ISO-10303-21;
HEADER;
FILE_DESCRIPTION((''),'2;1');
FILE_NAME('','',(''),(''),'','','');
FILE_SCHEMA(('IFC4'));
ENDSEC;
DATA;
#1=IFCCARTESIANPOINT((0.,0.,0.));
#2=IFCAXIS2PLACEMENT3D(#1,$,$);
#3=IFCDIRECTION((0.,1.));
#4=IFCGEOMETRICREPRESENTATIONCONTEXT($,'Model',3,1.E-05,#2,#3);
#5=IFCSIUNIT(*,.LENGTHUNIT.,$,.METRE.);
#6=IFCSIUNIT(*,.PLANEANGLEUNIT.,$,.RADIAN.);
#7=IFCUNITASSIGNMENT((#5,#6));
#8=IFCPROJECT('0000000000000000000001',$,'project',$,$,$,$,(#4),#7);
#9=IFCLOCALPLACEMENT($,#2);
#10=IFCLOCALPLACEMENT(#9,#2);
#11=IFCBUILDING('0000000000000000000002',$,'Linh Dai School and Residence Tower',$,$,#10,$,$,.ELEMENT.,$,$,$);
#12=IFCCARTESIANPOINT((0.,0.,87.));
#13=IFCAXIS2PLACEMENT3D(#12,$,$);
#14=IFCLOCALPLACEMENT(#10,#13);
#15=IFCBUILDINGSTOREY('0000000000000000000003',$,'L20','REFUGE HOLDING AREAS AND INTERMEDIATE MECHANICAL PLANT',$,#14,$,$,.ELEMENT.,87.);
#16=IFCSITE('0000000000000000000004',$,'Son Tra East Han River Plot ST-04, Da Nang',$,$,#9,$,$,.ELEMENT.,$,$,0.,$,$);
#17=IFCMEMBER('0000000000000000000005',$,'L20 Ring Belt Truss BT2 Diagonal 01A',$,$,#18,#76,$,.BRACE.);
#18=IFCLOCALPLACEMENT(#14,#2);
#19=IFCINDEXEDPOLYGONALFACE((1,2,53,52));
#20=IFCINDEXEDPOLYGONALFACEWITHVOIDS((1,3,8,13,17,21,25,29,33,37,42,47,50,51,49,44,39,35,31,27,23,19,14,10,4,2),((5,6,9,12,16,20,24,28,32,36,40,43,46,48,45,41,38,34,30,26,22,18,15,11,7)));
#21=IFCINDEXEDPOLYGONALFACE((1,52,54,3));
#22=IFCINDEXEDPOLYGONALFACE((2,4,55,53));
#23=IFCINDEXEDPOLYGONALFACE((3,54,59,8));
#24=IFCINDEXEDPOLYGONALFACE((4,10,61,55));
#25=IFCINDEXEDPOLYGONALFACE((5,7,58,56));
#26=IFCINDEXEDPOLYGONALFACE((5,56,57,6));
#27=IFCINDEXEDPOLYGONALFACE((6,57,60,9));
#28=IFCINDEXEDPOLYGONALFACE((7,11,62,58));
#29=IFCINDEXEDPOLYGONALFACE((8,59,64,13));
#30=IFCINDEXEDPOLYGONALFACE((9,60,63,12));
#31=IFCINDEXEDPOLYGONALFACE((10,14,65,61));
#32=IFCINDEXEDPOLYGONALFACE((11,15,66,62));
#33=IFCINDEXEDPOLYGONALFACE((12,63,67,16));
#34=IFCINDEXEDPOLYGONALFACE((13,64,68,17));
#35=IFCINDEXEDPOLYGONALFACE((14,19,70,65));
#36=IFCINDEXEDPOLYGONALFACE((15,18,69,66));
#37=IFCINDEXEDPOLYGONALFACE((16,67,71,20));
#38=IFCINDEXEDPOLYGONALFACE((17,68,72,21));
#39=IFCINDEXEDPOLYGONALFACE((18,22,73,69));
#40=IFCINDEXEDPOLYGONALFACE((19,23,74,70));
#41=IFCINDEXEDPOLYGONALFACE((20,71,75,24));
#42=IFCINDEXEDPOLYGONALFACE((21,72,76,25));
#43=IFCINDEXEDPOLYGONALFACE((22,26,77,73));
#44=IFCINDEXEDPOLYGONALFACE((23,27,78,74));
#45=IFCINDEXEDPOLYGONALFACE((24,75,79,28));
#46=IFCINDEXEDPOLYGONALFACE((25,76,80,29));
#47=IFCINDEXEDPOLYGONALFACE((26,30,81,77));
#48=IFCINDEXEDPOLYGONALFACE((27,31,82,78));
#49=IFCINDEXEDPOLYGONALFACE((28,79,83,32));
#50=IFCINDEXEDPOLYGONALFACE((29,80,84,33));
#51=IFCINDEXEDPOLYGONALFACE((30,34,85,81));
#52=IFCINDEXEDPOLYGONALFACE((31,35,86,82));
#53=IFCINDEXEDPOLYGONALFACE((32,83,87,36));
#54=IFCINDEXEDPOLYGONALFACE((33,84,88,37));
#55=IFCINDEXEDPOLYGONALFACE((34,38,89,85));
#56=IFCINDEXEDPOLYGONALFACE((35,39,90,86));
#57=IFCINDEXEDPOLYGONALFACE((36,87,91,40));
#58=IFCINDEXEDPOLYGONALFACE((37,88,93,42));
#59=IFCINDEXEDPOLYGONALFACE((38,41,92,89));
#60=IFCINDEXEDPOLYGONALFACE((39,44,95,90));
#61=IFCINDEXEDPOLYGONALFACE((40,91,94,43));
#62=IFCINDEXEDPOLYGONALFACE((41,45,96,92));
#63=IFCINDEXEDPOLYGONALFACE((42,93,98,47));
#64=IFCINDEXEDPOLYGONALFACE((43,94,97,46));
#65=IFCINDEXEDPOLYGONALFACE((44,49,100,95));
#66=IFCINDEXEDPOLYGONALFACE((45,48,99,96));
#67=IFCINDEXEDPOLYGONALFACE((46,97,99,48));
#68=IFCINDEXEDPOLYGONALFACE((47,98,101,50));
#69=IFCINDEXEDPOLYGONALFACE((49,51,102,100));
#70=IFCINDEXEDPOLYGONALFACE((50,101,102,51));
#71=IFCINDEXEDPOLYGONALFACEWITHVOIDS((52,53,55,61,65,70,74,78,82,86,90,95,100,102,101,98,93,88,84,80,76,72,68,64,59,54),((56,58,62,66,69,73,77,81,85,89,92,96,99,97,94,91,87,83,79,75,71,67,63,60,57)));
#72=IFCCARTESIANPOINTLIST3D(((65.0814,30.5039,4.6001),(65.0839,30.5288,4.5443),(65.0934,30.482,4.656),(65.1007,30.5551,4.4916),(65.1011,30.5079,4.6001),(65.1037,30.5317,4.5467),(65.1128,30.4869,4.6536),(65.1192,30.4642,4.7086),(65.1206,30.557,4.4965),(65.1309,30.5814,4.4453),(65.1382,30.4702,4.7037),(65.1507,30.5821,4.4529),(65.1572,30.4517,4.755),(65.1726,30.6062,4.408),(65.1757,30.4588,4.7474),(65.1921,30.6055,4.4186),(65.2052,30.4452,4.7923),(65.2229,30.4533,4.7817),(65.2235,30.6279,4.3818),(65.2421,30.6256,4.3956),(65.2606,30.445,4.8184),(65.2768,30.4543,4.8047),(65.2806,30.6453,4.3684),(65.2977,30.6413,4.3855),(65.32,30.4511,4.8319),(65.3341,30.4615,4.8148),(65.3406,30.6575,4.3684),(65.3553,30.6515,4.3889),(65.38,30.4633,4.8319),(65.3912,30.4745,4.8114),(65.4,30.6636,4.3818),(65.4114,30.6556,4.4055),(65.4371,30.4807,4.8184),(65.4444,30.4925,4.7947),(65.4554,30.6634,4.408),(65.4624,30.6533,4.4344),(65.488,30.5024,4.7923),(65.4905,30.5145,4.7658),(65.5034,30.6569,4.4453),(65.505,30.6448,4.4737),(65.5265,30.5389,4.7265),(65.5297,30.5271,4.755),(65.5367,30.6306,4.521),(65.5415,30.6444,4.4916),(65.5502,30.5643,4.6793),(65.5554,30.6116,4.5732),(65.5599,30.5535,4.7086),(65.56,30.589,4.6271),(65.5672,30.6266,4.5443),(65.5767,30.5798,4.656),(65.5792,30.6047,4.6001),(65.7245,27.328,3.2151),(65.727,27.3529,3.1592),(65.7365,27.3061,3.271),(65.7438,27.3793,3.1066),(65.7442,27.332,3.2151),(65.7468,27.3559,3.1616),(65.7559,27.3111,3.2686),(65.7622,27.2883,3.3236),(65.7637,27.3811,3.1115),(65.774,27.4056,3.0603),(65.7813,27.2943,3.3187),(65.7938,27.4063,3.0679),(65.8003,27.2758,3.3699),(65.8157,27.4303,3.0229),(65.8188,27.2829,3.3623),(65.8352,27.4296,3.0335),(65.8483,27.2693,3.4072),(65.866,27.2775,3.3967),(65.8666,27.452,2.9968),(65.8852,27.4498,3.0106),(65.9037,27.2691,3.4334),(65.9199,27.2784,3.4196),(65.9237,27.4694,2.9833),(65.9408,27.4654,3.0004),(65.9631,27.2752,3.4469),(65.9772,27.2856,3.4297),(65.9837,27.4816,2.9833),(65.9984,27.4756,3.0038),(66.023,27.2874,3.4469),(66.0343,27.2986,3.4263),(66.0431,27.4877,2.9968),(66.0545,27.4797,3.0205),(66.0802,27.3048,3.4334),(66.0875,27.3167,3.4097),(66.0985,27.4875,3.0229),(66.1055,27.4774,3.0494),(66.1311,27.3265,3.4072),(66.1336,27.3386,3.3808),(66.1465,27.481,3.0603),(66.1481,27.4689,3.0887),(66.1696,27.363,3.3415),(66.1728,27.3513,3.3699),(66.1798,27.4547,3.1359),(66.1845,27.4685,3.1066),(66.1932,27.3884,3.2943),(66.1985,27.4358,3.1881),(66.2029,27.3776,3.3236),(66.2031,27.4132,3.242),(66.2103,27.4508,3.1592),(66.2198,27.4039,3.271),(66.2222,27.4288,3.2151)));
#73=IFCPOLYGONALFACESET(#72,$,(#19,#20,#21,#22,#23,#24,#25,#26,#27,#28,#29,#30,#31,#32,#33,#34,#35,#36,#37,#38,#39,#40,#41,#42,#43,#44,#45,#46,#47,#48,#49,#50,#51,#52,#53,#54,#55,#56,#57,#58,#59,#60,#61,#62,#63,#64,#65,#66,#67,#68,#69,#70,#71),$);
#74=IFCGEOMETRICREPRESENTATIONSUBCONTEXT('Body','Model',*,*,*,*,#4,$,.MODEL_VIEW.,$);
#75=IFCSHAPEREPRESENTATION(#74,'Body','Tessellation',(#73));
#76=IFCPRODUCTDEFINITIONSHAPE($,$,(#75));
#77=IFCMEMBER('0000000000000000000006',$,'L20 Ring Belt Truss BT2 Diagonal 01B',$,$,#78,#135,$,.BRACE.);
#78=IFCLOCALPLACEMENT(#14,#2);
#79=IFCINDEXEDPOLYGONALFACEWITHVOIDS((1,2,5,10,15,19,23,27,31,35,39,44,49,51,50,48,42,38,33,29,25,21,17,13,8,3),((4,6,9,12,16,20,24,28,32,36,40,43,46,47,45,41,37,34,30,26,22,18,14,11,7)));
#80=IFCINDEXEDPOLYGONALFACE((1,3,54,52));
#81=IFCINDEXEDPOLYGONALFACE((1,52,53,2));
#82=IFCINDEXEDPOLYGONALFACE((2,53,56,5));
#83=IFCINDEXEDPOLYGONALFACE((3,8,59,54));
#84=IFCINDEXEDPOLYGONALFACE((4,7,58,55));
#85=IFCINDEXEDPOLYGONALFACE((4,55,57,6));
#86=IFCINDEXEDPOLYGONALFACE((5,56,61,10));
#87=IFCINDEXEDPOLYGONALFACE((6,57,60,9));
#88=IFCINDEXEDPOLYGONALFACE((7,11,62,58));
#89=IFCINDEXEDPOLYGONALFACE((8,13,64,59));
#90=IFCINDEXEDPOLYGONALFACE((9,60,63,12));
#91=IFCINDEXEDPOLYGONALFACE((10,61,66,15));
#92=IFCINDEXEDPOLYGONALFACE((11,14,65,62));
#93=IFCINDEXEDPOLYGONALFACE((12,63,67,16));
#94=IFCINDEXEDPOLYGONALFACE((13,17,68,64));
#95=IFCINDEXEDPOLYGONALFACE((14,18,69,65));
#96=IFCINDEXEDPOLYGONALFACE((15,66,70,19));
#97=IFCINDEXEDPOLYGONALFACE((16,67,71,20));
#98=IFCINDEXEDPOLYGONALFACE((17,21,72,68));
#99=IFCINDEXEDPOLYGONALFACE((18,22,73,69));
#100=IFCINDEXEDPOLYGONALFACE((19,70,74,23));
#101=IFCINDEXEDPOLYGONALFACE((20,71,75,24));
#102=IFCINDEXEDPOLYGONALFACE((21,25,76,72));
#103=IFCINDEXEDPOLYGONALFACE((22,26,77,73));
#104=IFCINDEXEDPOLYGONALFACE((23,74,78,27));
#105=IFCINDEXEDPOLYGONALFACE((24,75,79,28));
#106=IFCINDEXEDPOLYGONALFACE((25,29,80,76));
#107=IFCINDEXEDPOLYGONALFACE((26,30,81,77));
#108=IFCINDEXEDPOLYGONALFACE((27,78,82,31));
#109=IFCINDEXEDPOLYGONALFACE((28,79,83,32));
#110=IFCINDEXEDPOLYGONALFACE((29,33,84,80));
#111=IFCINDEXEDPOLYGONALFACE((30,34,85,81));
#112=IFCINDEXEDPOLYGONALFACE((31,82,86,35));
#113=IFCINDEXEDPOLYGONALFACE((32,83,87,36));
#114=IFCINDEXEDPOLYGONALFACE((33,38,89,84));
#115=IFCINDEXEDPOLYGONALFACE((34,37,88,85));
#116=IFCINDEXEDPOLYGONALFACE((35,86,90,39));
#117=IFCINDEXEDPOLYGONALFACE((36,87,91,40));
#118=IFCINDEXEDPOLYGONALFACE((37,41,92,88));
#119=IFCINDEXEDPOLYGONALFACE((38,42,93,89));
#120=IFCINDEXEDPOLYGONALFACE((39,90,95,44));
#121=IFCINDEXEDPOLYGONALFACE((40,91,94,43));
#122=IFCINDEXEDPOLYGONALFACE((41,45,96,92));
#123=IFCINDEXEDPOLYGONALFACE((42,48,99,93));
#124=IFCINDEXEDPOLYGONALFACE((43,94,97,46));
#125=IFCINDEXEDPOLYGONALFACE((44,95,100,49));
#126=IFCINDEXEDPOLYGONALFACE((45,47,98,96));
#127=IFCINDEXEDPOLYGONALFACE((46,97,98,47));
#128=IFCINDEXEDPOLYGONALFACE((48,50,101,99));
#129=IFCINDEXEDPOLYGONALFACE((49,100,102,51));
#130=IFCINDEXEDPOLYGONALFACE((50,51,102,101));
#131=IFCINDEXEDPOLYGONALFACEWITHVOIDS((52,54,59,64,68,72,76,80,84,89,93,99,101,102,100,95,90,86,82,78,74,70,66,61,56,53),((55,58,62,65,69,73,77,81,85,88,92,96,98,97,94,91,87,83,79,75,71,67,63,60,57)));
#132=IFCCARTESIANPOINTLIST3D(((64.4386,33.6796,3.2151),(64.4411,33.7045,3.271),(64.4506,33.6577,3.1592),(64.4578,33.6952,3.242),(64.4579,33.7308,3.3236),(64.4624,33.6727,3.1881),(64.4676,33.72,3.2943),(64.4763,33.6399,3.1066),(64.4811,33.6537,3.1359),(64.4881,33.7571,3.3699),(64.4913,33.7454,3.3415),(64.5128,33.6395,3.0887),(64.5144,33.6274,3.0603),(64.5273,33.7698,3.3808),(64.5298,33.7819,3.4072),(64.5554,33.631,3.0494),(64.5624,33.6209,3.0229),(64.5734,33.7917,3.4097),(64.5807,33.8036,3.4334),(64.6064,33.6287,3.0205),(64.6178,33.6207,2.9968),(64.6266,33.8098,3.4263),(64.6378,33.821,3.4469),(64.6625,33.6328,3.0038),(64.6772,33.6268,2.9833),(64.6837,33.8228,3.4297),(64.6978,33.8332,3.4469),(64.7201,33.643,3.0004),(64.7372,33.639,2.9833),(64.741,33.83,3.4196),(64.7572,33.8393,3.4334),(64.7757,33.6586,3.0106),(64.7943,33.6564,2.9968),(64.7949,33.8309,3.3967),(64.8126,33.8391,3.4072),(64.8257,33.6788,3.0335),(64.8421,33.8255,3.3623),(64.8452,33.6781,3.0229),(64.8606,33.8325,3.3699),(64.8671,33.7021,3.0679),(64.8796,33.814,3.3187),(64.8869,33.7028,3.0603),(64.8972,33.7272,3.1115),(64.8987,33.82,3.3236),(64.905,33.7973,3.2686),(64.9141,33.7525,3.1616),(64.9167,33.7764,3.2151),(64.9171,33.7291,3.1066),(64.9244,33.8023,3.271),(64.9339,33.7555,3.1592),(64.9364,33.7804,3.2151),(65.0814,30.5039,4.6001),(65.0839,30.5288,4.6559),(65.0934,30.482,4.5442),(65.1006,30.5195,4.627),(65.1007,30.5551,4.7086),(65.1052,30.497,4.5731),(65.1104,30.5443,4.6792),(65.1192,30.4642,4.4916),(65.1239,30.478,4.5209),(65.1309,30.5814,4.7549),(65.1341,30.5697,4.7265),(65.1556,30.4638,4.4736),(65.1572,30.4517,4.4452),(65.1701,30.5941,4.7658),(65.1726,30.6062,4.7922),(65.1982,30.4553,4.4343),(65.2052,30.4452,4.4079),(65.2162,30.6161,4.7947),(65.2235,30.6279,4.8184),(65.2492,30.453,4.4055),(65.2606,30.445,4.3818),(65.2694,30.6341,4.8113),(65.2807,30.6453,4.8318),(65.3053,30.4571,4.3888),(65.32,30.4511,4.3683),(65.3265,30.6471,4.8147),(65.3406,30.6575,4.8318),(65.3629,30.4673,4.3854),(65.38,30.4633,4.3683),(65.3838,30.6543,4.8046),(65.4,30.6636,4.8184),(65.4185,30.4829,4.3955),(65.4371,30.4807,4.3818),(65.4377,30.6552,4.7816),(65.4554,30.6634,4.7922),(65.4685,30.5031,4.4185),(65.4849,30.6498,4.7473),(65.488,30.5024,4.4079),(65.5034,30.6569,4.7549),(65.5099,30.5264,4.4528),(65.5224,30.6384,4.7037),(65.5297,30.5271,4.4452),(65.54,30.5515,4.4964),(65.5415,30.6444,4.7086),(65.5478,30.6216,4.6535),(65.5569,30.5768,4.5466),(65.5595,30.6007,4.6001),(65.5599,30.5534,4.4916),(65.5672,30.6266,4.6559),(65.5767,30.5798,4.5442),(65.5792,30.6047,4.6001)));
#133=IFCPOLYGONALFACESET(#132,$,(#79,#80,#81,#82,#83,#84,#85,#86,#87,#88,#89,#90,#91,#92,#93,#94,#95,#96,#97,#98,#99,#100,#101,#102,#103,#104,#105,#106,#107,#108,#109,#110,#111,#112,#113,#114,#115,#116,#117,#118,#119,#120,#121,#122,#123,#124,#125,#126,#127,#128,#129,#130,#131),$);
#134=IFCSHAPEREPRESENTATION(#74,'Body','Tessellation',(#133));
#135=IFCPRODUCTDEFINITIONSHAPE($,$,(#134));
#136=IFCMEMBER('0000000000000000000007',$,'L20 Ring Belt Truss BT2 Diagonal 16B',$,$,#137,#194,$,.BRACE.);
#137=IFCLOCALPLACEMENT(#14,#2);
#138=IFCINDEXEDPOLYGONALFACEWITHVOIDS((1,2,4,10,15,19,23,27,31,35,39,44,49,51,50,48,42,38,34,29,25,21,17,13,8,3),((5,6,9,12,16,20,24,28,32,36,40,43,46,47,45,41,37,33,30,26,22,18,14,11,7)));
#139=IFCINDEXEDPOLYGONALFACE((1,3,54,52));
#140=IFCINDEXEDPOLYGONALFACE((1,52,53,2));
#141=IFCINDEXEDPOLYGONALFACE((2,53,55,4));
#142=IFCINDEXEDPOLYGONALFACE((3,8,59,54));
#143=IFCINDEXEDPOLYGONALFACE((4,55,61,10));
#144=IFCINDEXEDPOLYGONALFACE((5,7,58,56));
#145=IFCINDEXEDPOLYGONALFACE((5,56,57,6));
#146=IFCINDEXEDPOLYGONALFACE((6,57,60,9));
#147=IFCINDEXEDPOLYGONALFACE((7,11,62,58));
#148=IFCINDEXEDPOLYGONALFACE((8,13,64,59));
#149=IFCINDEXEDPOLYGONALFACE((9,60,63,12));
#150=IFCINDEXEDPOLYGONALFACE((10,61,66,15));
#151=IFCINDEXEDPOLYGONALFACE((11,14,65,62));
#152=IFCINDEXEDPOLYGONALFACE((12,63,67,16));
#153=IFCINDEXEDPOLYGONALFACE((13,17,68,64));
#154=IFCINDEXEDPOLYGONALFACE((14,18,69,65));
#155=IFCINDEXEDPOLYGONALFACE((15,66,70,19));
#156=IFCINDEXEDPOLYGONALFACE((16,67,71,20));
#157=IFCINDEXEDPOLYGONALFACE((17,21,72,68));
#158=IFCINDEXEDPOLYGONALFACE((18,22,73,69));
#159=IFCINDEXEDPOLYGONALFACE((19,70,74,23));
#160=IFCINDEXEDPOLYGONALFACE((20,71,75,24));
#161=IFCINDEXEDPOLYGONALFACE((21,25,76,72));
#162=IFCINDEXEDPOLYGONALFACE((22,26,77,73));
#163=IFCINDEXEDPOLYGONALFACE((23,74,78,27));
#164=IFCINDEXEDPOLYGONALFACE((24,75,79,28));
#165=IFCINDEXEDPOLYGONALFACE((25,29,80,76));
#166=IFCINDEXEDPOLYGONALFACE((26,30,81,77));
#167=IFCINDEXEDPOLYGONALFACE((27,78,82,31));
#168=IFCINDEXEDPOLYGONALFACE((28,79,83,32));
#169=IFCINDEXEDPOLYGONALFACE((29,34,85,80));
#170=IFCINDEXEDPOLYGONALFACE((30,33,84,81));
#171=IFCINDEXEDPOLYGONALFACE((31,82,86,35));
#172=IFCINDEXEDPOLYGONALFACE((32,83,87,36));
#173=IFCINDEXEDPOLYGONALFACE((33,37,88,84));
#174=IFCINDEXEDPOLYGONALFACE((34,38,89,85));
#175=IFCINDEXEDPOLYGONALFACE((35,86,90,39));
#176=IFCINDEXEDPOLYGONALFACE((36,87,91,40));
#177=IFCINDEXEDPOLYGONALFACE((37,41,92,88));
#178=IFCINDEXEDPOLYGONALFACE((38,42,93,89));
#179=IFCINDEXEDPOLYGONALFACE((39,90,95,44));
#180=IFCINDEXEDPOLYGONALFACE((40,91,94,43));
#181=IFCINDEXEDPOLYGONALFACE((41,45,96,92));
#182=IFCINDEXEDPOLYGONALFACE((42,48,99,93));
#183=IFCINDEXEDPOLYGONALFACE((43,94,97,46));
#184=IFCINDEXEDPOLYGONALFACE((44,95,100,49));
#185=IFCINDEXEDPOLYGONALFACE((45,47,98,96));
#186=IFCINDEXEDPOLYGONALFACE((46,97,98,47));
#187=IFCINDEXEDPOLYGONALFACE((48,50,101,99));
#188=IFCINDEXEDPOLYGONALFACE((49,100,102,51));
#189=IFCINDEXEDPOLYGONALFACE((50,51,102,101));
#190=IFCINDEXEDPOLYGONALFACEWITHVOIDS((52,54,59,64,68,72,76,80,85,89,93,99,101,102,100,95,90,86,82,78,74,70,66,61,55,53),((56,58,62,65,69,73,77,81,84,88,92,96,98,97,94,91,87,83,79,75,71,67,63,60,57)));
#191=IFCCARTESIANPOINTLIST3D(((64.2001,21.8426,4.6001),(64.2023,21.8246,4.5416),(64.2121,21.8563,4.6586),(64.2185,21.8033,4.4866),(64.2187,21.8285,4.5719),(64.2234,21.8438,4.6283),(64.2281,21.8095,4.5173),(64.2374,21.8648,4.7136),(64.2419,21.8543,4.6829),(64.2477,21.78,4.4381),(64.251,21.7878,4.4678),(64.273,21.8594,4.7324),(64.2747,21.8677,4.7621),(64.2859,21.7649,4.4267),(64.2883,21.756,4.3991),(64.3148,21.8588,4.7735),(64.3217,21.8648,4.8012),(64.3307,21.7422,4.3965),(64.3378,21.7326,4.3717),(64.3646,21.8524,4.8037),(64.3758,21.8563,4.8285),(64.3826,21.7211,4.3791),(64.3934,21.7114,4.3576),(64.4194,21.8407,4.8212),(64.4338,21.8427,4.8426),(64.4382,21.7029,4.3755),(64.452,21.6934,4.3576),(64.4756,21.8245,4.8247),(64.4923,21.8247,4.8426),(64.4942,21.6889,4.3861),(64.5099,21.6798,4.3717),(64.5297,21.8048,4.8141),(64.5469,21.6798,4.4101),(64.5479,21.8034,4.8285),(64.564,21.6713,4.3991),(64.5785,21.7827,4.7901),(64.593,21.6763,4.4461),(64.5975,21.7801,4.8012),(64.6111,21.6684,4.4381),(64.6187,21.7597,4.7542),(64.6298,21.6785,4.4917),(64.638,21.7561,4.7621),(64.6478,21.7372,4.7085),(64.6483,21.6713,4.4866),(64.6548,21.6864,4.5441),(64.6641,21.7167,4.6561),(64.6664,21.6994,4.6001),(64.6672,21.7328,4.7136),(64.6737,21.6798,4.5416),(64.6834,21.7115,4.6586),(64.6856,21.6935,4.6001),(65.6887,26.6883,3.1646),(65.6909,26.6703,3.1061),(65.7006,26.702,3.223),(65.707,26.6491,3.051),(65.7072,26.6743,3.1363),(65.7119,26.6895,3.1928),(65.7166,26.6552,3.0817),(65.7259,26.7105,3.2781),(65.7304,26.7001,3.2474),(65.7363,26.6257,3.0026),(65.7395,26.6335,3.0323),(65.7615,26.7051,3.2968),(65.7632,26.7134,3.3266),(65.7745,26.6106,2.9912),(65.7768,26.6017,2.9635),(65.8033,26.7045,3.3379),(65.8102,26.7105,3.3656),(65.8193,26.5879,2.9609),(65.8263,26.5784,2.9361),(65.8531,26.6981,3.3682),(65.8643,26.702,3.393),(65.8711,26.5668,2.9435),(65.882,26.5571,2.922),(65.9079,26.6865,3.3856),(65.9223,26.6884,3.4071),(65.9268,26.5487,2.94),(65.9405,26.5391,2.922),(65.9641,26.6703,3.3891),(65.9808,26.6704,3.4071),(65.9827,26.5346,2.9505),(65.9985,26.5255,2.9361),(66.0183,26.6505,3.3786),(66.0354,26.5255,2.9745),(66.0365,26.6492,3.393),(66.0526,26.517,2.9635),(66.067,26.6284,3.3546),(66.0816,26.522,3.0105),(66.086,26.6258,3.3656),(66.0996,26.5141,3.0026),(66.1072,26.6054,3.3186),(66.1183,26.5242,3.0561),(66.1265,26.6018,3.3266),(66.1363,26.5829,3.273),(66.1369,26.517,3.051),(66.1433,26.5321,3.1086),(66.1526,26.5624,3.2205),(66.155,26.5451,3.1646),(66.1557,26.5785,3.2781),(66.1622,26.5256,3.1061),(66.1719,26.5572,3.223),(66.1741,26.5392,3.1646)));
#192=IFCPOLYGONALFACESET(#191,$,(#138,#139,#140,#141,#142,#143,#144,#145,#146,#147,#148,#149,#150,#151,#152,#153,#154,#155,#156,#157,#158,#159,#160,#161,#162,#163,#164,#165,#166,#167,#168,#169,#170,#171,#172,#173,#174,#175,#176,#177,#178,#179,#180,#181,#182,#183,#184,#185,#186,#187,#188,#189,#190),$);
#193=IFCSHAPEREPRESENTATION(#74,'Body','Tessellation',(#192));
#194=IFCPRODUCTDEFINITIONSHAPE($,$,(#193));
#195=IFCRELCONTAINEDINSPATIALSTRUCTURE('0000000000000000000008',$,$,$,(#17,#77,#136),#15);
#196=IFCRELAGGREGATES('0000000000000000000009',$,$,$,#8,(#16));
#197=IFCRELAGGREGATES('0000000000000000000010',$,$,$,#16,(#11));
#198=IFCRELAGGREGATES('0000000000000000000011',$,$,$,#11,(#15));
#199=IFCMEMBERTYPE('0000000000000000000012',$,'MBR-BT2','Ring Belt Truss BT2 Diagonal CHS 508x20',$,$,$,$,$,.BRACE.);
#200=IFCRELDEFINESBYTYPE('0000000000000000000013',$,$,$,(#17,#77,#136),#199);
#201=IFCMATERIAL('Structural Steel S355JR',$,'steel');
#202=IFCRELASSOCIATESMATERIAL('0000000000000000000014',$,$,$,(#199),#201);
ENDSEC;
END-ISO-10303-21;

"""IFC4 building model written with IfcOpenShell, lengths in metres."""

from ifc_helpers import new_model, si_unit, direction, frame, origin, origin_2d, place, context, subcontext, project, spatial, hollow_circle, extrude, material, material_profile, profile_set, type_object, element, save


model = new_model("IFC4")

# Units and contexts
model_context = context("Model", 3, precision=1e-05, world=origin(), true_north=direction((0.0, 1.0)))
body_context = subcontext(model_context, "Body", "Model", "MODEL_VIEW")
ifc_project = project(units=[si_unit("LENGTHUNIT", "METRE"), si_unit("PLANEANGLEUNIT", "RADIAN")], contexts=[model_context])

# Site, building, storey
site_placement = place(None, origin())
site = spatial("IfcSite", under=ifc_project, at=site_placement, Name="Son Tra East Han River Plot ST-04, Da Nang", CompositionType="ELEMENT", RefElevation=0.0)
building_placement = place(site_placement, origin())
building = spatial("IfcBuilding", under=site, at=building_placement, Name="Linh Dai School and Residence Tower", CompositionType="ELEMENT")
storey_placement = place(building_placement, frame((0.0, 0.0, 87.0)))
storey = spatial("IfcBuildingStorey", under=building, at=storey_placement, Name="L20", Description="REFUGE HOLDING AREAS AND INTERMEDIATE MECHANICAL PLANT", CompositionType="ELEMENT", Elevation=87.0)

# Shared definitions
ifc_material_1 = material(Name="Structural Steel S355JR", Category="steel")

# Members
ifc_material_profile_1 = material_profile(ifc_material_1, hollow_circle(Radius=0.2539, WallThickness=0.02, at=origin_2d()), Name="CHS 508x20")
ifc_profile_set_1 = profile_set([ifc_material_profile_1], Name="Structural Steel S355JR")
member_type_1 = type_object("IfcMemberType", Name="MBR-BT2", Description="Ring Belt Truss BT2 Diagonal CHS 508x20", PredefinedType="BRACE", material=ifc_profile_set_1)
member_1_placement = place(storey_placement, frame((65.9734, 27.3784, 3.2151), z_axis=(-0.182491, 0.90123, 0.393041), x_axis=(-0.980108, -0.198463, 0.0)))
element("IfcMember", 1, at=member_1_placement, inside=storey, type_object=member_type_1, Name="L20 Ring Belt Truss BT2 Diagonal 01A", PredefinedType="BRACE", context=body_context, shape_type="SweptSolid", body=[
    extrude(hollow_circle(Radius=0.2539, WallThickness=0.02, at=origin_2d()), origin(), (0.0, 0.0, 1.0), 3.5239),
])
member_2_placement = place(storey_placement, frame((64.6875, 33.73, 3.2151), z_axis=(0.182424, -0.901242, 0.393046), x_axis=(0.980123, 0.198391, 0.0)))
element("IfcMember", 2, at=member_2_placement, inside=storey, type_object=member_type_1, Name="L20 Ring Belt Truss BT2 Diagonal 01B", PredefinedType="BRACE", context=body_context, shape_type="SweptSolid", body=[
    extrude(hollow_circle(Radius=0.2539, WallThickness=0.02, at=origin_2d()), origin(), (0.0, 0.0, 1.0), 3.5237),
])
member_3_placement = place(storey_placement, frame((65.9314, 26.6138, 3.1646), z_axis=(-0.282532, -0.919746, 0.272476), x_axis=(0.955915, -0.293642, 0.0)))
element("IfcMember", 3, at=member_3_placement, inside=storey, type_object=member_type_1, Name="L20 Ring Belt Truss BT2 Diagonal 16B", PredefinedType="BRACE", context=body_context, shape_type="SweptSolid", body=[
    extrude(hollow_circle(Radius=0.2539, WallThickness=0.02, at=origin_2d()), origin(), (0.0, 0.0, 1.0), 5.2686),
])

save(model, "model.ifc")
